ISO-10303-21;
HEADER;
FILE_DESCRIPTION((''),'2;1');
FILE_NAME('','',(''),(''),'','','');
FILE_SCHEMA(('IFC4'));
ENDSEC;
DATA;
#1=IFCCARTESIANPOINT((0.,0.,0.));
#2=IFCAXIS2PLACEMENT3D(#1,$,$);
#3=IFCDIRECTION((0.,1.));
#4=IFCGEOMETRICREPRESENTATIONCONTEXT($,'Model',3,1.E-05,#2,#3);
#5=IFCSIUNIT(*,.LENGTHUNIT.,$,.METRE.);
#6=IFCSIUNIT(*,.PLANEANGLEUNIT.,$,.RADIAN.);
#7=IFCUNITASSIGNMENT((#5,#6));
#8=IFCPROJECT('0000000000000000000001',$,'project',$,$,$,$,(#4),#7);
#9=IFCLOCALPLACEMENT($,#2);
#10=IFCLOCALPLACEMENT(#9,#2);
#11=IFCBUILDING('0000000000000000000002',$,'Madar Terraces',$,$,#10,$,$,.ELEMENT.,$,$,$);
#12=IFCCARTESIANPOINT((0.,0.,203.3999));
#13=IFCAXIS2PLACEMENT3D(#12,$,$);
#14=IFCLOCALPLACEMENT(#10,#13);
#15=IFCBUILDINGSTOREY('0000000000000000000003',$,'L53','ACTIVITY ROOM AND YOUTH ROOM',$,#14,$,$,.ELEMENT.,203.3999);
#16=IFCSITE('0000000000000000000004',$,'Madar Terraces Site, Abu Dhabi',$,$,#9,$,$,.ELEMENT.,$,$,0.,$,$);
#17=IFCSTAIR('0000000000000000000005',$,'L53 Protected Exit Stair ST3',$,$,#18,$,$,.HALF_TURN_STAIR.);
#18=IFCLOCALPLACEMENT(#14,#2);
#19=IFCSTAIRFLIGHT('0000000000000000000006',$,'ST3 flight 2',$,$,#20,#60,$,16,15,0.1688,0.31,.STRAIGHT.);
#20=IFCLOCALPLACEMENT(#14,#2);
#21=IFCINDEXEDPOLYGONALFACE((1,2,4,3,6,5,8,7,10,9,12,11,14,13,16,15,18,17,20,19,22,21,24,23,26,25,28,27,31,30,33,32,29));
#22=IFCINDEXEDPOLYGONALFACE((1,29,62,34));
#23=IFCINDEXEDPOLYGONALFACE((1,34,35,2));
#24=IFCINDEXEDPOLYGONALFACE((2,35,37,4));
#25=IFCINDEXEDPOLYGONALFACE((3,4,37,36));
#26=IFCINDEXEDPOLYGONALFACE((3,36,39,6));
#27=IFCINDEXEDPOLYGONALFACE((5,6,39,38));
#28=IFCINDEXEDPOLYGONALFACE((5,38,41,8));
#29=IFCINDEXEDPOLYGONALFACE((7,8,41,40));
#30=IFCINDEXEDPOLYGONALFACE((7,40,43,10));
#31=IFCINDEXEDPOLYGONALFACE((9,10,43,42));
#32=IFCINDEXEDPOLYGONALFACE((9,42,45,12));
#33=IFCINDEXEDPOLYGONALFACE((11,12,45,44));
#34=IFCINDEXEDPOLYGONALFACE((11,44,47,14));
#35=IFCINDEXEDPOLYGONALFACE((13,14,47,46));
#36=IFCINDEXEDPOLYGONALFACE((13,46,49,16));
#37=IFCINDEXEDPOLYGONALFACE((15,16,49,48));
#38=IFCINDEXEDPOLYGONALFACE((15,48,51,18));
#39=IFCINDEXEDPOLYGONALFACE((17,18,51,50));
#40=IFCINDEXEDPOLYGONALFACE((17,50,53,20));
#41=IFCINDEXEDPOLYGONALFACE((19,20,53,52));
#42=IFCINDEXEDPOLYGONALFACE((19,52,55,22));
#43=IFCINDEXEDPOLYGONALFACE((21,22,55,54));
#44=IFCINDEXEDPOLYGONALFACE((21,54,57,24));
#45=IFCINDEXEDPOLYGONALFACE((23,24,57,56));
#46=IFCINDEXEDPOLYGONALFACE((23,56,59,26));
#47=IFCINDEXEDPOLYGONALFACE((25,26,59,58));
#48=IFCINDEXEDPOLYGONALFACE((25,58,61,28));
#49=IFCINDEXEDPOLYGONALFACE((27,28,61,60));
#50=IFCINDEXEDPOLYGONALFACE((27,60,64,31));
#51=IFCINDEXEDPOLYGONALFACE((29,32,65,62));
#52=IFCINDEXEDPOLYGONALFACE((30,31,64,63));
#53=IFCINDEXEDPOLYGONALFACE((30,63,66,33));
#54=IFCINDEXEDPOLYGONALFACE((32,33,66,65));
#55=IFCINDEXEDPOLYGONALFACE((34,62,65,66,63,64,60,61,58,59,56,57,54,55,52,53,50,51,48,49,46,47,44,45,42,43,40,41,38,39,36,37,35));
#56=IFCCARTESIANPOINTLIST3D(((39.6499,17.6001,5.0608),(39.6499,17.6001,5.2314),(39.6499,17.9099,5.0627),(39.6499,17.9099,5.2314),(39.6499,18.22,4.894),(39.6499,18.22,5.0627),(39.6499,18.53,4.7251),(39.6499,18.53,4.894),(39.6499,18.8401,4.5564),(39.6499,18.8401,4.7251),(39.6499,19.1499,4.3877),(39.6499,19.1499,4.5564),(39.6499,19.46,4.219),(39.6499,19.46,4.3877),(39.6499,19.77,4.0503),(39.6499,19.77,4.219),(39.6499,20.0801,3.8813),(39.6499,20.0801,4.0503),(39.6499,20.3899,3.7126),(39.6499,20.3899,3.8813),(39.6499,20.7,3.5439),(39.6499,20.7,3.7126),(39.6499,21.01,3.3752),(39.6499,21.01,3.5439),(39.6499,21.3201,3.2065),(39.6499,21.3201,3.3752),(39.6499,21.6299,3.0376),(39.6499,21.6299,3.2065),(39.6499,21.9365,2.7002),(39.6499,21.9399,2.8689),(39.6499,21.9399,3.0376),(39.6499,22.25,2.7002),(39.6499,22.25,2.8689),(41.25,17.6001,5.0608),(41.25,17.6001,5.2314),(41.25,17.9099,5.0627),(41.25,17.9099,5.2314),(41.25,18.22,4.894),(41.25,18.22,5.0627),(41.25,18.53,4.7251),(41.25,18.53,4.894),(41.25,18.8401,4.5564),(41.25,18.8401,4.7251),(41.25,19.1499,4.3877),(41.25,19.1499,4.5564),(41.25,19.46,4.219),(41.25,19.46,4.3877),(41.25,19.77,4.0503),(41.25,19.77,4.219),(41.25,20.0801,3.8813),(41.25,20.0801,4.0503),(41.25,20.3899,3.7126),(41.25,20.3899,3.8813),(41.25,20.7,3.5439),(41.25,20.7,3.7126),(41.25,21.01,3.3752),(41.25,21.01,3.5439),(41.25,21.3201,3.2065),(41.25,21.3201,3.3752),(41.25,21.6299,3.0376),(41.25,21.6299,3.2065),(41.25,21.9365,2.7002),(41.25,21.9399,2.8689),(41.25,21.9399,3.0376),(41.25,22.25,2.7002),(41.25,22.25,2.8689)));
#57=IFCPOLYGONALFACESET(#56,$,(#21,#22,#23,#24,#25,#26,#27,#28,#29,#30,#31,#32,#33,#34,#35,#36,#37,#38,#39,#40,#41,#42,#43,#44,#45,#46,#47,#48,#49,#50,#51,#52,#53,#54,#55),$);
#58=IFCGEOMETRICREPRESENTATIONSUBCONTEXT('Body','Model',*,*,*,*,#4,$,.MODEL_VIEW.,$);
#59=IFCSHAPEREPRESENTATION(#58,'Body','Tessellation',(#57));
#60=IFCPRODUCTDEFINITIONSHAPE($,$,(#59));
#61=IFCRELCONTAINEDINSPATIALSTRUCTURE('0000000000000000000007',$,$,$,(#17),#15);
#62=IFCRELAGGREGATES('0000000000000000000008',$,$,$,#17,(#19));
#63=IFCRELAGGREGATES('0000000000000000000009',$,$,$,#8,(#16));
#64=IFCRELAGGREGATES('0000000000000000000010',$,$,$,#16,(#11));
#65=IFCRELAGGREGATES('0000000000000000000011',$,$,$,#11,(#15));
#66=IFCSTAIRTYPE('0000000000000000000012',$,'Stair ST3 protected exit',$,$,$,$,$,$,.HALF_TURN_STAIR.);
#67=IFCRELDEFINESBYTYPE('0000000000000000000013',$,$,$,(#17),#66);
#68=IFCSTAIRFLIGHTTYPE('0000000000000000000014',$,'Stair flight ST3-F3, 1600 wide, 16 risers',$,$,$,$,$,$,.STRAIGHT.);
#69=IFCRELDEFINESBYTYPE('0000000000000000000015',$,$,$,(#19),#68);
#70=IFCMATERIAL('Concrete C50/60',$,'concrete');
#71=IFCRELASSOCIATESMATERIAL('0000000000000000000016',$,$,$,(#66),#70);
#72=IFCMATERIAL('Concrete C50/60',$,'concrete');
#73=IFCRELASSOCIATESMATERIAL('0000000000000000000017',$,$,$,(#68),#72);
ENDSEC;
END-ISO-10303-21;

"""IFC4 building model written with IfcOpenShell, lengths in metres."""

from ifc_helpers import new_model, si_unit, direction, frame, origin, place, context, subcontext, project, spatial, polyline, outline, extrude, material, type_object, element, aggregate, save


model = new_model("IFC4")

# Units and contexts
model_context = context("Model", 3, precision=1e-05, world=origin(), true_north=direction((0.0, 1.0)))
body_context = subcontext(model_context, "Body", "Model", "MODEL_VIEW")
ifc_project = project(units=[si_unit("LENGTHUNIT", "METRE"), si_unit("PLANEANGLEUNIT", "RADIAN")], contexts=[model_context])

# Site, building, storey
site_placement = place(None, origin())
site = spatial("IfcSite", under=ifc_project, at=site_placement, Name="Madar Terraces Site, Abu Dhabi", CompositionType="ELEMENT", RefElevation=0.0)
building_placement = place(site_placement, origin())
building = spatial("IfcBuilding", under=site, at=building_placement, Name="Madar Terraces", CompositionType="ELEMENT")
storey_placement = place(building_placement, frame((0.0, 0.0, 203.3999)))
storey = spatial("IfcBuildingStorey", under=building, at=storey_placement, Name="L53", Description="ACTIVITY ROOM AND YOUTH ROOM", CompositionType="ELEMENT", Elevation=203.3999)

# Stair, stair flight
ifc_material_1 = material(Name="Concrete C50/60", Category="concrete")
stair_type = type_object("IfcStairType", Name="Stair ST3 protected exit", PredefinedType="HALF_TURN_STAIR", material=ifc_material_1)
stair_placement = place(storey_placement, origin())
stair = element("IfcStair", 1, at=stair_placement, inside=storey, type_object=stair_type, Name="L53 Protected Exit Stair ST3", PredefinedType="HALF_TURN_STAIR")
ifc_material_2 = material(Name="Concrete C50/60", Category="concrete")
stair_flight_type = type_object("IfcStairFlightType", Name="Stair flight ST3-F3, 1600 wide, 16 risers", PredefinedType="STRAIGHT", material=ifc_material_2)
stair_flight_1_placement = place(storey_placement, frame((40.45, 22.25, 2.7002), z_axis=(0.0, 0.0, 1.0), x_axis=(0.0, -1.0, 0.0)))
stair_flight_1 = element("IfcStairFlight", 2, at=stair_flight_1_placement, type_object=stair_flight_type, Name="ST3 flight 2", NumberOfRisers=16, NumberOfTreads=15, PredefinedType="STRAIGHT", RiserHeight=0.1688, TreadLength=0.31, context=body_context, shape_type="SweptSolid", body=[
    extrude(outline(polyline([(0.0, 0.0), (0.0, 0.1687), (0.3101, 0.1687), (0.3101, 0.3374), (0.6201, 0.3374), (0.6201, 0.5063), (0.9299, 0.5063), (0.9299, 0.675), (1.24, 0.675), (1.24, 0.8438), (1.55, 0.8438), (1.55, 1.0125), (1.8601, 1.0125), (1.8601, 1.1812), (2.1699, 1.1812), (2.1699, 1.3501), (2.48, 1.3501), (2.48, 1.5188), (2.79, 1.5188), (2.79, 1.6875), (3.1001, 1.6875), (3.1001, 1.8562), (3.4099, 1.8562), (3.4099, 2.0249), (3.72, 2.0249), (3.72, 2.1938), (4.03, 2.1938), (4.03, 2.3625), (4.3401, 2.3625), (4.3401, 2.5312), (4.6499, 2.5312), (4.6499, 2.7), (4.6499, 2.3606), (0.3135, 0.0), (0.0, 0.0)])), frame((0.0, 0.8, 0.0), z_axis=(0.0, -1.0, 0.0), x_axis=(1.0, 0.0, 0.0)), (0.0, 0.0, 1.0), 1.6001),
])
aggregate(stair, [stair_flight_1])

save(model, "model.ifc")
